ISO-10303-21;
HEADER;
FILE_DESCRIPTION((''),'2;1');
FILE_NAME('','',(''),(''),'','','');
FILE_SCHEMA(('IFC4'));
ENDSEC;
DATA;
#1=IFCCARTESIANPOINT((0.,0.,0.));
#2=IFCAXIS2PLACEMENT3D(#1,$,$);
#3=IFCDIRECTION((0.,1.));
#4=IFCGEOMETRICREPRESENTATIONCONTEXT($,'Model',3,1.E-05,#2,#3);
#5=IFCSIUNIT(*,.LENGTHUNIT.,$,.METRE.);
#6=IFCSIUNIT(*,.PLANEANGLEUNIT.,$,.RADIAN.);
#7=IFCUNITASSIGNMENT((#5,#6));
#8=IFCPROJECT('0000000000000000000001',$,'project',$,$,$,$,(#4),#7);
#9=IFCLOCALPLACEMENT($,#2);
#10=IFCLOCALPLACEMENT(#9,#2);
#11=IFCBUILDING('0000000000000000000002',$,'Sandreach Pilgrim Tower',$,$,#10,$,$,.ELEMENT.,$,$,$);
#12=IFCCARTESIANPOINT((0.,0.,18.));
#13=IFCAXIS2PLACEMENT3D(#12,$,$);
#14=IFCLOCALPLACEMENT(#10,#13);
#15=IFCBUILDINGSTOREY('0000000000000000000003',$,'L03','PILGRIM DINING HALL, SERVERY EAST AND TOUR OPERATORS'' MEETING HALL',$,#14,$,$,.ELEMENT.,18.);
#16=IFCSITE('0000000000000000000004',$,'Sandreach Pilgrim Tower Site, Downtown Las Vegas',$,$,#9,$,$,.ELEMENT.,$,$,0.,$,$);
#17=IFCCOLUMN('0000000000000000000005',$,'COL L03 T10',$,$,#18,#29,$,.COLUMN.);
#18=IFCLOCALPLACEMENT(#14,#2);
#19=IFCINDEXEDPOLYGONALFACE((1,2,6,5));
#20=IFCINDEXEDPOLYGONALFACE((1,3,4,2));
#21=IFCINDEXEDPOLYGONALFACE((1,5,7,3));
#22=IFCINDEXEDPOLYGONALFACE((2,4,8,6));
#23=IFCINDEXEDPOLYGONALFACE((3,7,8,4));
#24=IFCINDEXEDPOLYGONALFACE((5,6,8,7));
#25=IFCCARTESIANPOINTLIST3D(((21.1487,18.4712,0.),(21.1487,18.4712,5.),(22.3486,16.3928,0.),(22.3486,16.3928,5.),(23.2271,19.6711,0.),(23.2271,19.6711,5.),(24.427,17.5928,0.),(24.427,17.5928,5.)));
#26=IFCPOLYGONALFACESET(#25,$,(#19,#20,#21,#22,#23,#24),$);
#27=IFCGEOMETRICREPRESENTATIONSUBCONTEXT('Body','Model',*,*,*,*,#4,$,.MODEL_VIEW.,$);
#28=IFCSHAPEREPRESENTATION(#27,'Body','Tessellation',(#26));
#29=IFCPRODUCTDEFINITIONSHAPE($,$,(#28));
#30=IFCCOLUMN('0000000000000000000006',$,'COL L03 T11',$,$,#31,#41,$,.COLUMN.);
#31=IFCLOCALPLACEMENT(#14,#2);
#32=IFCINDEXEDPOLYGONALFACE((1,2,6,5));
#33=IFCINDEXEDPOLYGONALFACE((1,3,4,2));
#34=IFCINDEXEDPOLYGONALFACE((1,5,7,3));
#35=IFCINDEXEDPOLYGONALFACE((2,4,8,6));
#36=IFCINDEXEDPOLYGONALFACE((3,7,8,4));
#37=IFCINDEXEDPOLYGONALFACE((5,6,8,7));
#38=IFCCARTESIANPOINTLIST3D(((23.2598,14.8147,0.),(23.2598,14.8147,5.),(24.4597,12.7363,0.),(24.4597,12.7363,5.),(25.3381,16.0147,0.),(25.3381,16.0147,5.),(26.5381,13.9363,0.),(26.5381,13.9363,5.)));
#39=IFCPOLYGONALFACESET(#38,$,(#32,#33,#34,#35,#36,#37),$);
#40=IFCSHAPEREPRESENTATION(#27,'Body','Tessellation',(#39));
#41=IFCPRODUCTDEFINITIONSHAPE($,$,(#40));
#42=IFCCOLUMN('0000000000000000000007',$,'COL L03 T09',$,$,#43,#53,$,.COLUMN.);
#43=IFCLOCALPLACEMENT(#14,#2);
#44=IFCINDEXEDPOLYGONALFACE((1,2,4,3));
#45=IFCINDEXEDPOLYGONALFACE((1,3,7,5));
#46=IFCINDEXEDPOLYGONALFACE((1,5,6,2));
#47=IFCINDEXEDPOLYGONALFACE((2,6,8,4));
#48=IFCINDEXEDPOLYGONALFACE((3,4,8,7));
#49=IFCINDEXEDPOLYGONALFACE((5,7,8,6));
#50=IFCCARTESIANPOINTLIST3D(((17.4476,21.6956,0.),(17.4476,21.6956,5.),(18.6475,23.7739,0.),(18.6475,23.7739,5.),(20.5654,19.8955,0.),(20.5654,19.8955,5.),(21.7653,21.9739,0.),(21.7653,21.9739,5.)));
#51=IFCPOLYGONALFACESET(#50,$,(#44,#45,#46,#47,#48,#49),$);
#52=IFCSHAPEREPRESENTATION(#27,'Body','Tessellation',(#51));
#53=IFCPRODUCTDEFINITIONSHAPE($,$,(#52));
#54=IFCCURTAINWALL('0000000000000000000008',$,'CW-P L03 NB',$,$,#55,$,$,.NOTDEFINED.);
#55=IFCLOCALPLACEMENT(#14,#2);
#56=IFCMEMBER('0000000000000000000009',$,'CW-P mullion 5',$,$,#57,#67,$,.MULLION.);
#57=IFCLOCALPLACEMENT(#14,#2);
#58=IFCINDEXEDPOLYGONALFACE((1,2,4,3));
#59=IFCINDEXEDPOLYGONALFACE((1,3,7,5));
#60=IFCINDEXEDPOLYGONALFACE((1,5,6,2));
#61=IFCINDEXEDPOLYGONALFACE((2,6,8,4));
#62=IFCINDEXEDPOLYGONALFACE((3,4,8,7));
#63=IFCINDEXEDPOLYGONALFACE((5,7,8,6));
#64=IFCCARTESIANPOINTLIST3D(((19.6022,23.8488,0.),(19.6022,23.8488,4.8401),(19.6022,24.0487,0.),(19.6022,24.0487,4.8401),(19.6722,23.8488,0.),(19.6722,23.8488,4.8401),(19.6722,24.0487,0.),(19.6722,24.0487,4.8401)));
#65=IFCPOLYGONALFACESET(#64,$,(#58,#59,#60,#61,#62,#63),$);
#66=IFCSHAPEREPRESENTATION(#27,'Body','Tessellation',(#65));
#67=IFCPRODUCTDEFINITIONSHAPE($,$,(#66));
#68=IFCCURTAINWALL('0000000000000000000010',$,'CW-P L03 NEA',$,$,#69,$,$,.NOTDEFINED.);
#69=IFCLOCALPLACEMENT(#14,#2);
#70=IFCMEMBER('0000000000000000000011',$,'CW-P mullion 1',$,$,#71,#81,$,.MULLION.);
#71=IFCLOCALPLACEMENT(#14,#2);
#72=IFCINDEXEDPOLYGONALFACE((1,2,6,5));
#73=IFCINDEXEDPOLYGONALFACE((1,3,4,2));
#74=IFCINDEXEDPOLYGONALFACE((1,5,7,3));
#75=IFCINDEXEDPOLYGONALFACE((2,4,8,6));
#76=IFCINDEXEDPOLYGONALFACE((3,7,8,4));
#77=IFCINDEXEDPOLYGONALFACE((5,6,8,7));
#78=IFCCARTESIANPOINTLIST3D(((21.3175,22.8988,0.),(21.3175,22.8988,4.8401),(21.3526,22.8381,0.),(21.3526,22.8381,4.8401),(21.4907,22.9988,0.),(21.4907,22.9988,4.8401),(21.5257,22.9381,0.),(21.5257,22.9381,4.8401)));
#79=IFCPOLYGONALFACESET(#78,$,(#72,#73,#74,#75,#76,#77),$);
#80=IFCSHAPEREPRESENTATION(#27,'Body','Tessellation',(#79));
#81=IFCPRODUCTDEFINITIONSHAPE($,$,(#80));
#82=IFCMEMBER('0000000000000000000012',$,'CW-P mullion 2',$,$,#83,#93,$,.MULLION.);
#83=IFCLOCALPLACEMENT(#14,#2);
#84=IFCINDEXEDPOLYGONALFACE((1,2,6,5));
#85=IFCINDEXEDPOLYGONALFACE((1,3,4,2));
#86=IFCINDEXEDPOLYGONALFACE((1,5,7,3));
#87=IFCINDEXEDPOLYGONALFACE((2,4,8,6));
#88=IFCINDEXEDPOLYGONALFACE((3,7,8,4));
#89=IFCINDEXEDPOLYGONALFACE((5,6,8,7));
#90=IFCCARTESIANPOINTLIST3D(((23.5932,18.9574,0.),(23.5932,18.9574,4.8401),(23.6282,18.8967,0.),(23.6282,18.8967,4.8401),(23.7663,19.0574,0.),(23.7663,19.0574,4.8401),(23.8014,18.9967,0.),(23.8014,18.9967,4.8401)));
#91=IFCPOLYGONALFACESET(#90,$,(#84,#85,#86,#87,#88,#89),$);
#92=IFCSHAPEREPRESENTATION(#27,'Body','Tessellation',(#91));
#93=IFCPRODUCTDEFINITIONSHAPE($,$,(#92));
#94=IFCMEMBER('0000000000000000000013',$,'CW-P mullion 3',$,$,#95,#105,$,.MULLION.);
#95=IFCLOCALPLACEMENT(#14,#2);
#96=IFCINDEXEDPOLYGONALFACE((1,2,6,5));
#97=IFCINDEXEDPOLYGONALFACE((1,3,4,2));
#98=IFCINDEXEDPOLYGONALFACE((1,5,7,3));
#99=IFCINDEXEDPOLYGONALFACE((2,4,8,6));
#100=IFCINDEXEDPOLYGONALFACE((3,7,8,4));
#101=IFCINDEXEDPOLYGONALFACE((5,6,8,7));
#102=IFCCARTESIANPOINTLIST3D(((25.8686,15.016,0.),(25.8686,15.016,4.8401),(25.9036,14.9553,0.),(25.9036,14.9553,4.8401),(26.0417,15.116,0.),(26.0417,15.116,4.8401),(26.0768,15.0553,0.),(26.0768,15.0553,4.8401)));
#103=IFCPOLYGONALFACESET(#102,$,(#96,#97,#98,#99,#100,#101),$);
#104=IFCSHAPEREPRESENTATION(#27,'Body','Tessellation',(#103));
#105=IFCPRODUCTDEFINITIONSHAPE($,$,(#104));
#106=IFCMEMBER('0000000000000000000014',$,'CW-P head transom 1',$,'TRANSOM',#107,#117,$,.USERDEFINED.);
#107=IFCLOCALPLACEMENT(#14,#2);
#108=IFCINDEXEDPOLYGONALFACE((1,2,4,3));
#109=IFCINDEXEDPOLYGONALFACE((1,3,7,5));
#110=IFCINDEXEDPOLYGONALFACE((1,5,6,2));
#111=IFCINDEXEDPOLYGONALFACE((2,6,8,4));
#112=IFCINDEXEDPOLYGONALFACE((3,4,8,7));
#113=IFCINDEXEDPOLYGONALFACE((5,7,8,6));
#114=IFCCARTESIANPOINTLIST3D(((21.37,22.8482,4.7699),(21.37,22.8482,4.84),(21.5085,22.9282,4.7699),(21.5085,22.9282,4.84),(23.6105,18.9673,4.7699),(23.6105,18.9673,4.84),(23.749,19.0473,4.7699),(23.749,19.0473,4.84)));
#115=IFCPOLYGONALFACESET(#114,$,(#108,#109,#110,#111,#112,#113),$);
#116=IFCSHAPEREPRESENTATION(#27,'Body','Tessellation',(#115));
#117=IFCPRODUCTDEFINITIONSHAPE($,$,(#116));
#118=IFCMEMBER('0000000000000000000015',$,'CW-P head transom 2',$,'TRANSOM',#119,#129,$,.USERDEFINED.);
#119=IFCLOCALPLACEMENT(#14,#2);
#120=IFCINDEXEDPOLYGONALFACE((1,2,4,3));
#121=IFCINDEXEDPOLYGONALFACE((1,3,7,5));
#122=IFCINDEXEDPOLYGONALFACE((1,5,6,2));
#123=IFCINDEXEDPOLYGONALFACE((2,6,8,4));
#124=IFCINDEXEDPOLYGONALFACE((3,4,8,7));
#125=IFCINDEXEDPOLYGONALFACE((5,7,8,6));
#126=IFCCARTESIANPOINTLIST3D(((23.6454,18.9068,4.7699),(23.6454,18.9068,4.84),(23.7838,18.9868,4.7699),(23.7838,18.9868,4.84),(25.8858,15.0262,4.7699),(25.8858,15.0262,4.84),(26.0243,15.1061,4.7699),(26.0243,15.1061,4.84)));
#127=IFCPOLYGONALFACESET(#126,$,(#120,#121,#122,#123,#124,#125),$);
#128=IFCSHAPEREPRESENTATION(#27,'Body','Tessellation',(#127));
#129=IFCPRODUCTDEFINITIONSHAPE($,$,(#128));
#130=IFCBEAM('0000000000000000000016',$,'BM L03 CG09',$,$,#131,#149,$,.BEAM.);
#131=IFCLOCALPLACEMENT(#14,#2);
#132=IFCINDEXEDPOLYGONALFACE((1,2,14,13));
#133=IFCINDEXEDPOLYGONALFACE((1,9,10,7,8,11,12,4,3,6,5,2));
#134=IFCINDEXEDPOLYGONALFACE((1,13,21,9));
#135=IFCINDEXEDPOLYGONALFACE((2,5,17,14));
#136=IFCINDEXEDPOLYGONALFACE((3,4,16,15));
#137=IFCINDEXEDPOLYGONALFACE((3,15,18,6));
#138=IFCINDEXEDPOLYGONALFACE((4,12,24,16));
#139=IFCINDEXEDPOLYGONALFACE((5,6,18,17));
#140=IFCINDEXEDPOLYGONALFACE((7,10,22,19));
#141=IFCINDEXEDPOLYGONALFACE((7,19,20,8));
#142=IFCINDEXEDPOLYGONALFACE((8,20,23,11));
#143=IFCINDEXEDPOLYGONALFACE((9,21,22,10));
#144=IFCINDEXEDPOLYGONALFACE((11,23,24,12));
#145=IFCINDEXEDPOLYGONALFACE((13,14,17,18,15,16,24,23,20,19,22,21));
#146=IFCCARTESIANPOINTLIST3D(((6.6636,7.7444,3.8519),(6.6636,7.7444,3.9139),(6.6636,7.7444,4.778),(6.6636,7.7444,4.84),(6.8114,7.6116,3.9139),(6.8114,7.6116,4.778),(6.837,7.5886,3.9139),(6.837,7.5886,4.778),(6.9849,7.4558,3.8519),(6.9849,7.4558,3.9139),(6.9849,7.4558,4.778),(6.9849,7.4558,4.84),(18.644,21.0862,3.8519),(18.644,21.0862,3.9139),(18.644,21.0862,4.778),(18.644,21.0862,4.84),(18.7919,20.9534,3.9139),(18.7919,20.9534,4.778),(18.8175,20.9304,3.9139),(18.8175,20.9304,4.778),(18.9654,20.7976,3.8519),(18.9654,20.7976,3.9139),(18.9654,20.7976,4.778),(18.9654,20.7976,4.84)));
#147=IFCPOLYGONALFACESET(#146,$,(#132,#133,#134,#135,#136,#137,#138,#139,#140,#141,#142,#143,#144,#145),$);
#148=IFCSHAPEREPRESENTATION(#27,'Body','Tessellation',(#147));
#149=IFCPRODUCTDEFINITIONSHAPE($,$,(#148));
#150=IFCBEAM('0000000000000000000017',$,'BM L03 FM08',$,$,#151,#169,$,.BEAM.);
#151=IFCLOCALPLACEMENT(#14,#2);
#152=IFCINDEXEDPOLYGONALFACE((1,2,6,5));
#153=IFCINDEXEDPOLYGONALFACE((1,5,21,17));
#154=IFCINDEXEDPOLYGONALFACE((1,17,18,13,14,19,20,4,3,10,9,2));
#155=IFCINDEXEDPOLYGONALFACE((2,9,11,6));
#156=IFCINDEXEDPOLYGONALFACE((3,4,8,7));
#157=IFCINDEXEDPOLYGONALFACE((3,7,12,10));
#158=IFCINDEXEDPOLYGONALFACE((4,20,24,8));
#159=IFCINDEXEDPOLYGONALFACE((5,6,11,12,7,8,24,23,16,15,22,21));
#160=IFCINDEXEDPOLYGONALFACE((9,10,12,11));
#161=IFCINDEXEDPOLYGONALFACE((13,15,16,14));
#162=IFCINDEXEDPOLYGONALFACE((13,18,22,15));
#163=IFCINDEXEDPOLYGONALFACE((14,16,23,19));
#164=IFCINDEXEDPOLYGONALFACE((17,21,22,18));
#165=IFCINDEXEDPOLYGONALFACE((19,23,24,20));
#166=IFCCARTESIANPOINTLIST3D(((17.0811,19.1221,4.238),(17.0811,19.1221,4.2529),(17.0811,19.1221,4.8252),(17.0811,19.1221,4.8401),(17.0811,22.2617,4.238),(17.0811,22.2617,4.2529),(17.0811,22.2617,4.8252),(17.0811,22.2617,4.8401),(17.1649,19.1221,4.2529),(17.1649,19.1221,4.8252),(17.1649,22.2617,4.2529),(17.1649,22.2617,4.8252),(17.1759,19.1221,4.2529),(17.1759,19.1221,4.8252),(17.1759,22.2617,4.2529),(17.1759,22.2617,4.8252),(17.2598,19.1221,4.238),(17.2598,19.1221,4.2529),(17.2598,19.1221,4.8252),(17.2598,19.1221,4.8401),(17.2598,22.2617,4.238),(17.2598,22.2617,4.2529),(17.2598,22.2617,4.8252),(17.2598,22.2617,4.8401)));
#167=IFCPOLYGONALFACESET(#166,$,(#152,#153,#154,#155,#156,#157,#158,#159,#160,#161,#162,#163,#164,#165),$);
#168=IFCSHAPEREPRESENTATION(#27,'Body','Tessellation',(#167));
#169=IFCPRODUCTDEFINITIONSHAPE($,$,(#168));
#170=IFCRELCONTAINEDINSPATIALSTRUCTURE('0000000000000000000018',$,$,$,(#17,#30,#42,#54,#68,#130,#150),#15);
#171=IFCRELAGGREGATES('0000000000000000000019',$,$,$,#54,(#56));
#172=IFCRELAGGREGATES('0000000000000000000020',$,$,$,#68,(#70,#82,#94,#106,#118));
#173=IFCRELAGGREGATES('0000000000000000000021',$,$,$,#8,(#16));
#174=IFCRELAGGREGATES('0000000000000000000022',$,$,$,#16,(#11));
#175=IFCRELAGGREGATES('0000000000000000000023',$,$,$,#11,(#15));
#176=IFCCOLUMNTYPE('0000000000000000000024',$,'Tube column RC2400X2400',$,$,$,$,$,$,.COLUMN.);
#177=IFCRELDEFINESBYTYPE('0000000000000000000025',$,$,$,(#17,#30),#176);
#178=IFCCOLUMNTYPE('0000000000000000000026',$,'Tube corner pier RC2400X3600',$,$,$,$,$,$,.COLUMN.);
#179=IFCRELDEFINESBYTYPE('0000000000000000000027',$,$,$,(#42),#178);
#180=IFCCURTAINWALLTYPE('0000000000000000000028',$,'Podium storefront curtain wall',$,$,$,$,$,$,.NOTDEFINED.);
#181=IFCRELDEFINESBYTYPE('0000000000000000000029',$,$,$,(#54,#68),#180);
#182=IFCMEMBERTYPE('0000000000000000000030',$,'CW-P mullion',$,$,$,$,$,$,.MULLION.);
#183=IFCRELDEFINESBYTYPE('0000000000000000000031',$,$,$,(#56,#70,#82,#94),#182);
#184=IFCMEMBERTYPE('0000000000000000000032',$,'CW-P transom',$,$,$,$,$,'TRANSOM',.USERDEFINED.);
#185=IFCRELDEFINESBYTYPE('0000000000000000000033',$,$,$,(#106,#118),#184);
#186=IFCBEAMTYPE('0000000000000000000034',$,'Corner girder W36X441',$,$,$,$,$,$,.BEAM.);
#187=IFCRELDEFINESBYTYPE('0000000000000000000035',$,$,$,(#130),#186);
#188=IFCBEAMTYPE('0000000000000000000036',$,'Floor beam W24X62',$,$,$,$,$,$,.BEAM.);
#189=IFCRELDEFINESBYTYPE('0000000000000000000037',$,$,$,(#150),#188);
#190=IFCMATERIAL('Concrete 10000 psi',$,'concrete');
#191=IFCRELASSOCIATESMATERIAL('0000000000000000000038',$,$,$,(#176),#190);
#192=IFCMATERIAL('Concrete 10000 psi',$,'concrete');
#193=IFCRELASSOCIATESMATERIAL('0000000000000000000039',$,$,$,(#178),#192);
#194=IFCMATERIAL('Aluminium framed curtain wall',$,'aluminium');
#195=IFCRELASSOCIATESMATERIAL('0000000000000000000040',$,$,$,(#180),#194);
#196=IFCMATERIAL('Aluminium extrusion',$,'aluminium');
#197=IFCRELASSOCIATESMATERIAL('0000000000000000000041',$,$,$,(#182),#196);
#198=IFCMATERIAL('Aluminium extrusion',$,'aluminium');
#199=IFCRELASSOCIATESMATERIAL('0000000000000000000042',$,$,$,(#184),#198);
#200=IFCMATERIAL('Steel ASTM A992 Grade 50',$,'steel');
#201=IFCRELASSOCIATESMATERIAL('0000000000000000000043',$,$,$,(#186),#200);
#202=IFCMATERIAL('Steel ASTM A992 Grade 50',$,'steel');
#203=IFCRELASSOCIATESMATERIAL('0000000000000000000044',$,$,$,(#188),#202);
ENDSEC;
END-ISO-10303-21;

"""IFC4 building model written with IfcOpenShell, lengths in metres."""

from ifc_helpers import new_model, si_unit, direction, frame, origin, origin_2d, place, context, subcontext, project, spatial, rectangle, i_section, extrude, material, material_profile, profile_set, type_object, element, aggregate, save


model = new_model("IFC4")

# Units and contexts
model_context = context("Model", 3, precision=1e-05, world=origin(), true_north=direction((0.0, 1.0)))
body_context = subcontext(model_context, "Body", "Model", "MODEL_VIEW")
ifc_project = project(units=[si_unit("LENGTHUNIT", "METRE"), si_unit("PLANEANGLEUNIT", "RADIAN")], contexts=[model_context])

# Site, building, storey
site_placement = place(None, origin())
site = spatial("IfcSite", under=ifc_project, at=site_placement, Name="Sandreach Pilgrim Tower Site, Downtown Las Vegas", CompositionType="ELEMENT", RefElevation=0.0)
building_placement = place(site_placement, origin())
building = spatial("IfcBuilding", under=site, at=building_placement, Name="Sandreach Pilgrim Tower", CompositionType="ELEMENT")
storey_placement = place(building_placement, frame((0.0, 0.0, 18.0)))
storey = spatial("IfcBuildingStorey", under=building, at=storey_placement, Name="L03", Description="PILGRIM DINING HALL, SERVERY EAST AND TOUR OPERATORS' MEETING HALL", CompositionType="ELEMENT", Elevation=18.0)

# Columns
ifc_material_1 = material(Name="Concrete 10000 psi", Category="concrete")
ifc_material_profile_1 = material_profile(ifc_material_1, rectangle(XDim=2.3999, YDim=2.3999, at=origin_2d()), Name="RC2400X2400")
ifc_profile_set_1 = profile_set([ifc_material_profile_1], Name="Concrete 10000 psi")
column_type_1 = type_object("IfcColumnType", Name="Tube column RC2400X2400", PredefinedType="COLUMN", material=ifc_profile_set_1)
for number, where, z_axis, x_axis, name in (
    (1, (22.7878, 18.032, 0.0), (0.0, 0.0, 1.0), (0.866025, 0.5, 0.0), "COL L03 T10"),
    (2, (24.8989, 14.3755, 0.0), (0.0, 0.0, 1.0), (0.866025, 0.5, 0.0), "COL L03 T11"),
):
    element("IfcColumn", number, at=place(storey_placement, frame(where, z_axis=z_axis, x_axis=x_axis)), inside=storey, type_object=column_type_1, Name=name, PredefinedType="COLUMN", context=body_context, shape_type="SweptSolid", body=[
        extrude(rectangle(XDim=2.3999, YDim=2.3999, at=origin_2d()), origin(), (0.0, 0.0, 1.0), 5.0),
    ])
ifc_material_2 = material(Name="Concrete 10000 psi", Category="concrete")
ifc_material_profile_2 = material_profile(ifc_material_2, rectangle(XDim=2.3999, YDim=3.6001, at=origin_2d()), Name="RC2400X3600")
ifc_profile_set_2 = profile_set([ifc_material_profile_2], Name="Concrete 10000 psi")
column_type_2 = type_object("IfcColumnType", Name="Tube corner pier RC2400X3600", PredefinedType="COLUMN", material=ifc_profile_set_2)
column_placement = place(storey_placement, frame((19.6064, 21.8347, 0.0), z_axis=(0.0, 0.0, 1.0), x_axis=(0.5, 0.866025, 0.0)))
element("IfcColumn", 3, at=column_placement, inside=storey, type_object=column_type_2, Name="COL L03 T09", PredefinedType="COLUMN", context=body_context, shape_type="SweptSolid", body=[
    extrude(rectangle(XDim=2.3999, YDim=3.6001, at=origin_2d()), origin(), (0.0, 0.0, 1.0), 5.0),
])

# Curtain wall, member
ifc_material_3 = material(Name="Aluminium framed curtain wall", Category="aluminium")
curtain_wall_type = type_object("IfcCurtainWallType", Name="Podium storefront curtain wall", PredefinedType="NOTDEFINED", material=ifc_material_3)
curtain_wall_1_placement = place(storey_placement, origin())
curtain_wall_1 = element("IfcCurtainWall", 4, at=curtain_wall_1_placement, inside=storey, type_object=curtain_wall_type, Name="CW-P L03 NB", PredefinedType="NOTDEFINED")
ifc_material_4 = material(Name="Aluminium extrusion", Category="aluminium")
ifc_material_profile_3 = material_profile(ifc_material_4, rectangle(XDim=0.0701, YDim=0.2, at=origin_2d()), Name="CW-PM 70X200")
ifc_profile_set_3 = profile_set([ifc_material_profile_3], Name="Aluminium extrusion")
member_type_1 = type_object("IfcMemberType", Name="CW-P mullion", PredefinedType="MULLION", material=ifc_profile_set_3)
member_1_placement = place(storey_placement, frame((19.6372, 23.9487, 0.0), z_axis=(0.0, 0.0, 1.0), x_axis=(1.0, 0.0, 0.0)))
member_1 = element("IfcMember", 5, at=member_1_placement, type_object=member_type_1, Name="CW-P mullion 5", PredefinedType="MULLION", context=body_context, shape_type="SweptSolid", body=[
    extrude(rectangle(XDim=0.0701, YDim=0.2, at=origin_2d()), origin(), (0.0, 0.0, 1.0), 4.8401),
])

# Curtain wall, members
curtain_wall_2_placement = place(storey_placement, origin())
curtain_wall_2 = element("IfcCurtainWall", 6, at=curtain_wall_2_placement, inside=storey, type_object=curtain_wall_type, Name="CW-P L03 NEA", PredefinedType="NOTDEFINED")
member_2_placement = place(storey_placement, frame((21.4216, 22.9185, 0.0), z_axis=(0.0, 0.0, 1.0), x_axis=(0.5, -0.866025, 0.0)))
member_2 = element("IfcMember", 7, at=member_2_placement, type_object=member_type_1, Name="CW-P mullion 1", PredefinedType="MULLION", context=body_context, shape_type="SweptSolid", body=[
    extrude(rectangle(XDim=0.0701, YDim=0.2, at=origin_2d()), origin(), (0.0, 0.0, 1.0), 4.8401),
])
member_3_placement = place(storey_placement, frame((23.6973, 18.9771, 0.0), z_axis=(0.0, 0.0, 1.0), x_axis=(0.5, -0.866025, 0.0)))
member_3 = element("IfcMember", 8, at=member_3_placement, type_object=member_type_1, Name="CW-P mullion 2", PredefinedType="MULLION", context=body_context, shape_type="SweptSolid", body=[
    extrude(rectangle(XDim=0.0701, YDim=0.2, at=origin_2d()), origin(), (0.0, 0.0, 1.0), 4.8401),
])
member_4_placement = place(storey_placement, frame((25.9727, 15.0356, 0.0), z_axis=(0.0, 0.0, 1.0), x_axis=(0.5, -0.866025, 0.0)))
member_4 = element("IfcMember", 9, at=member_4_placement, type_object=member_type_1, Name="CW-P mullion 3", PredefinedType="MULLION", context=body_context, shape_type="SweptSolid", body=[
    extrude(rectangle(XDim=0.0701, YDim=0.2, at=origin_2d()), origin(), (0.0, 0.0, 1.0), 4.8401),
])
ifc_material_5 = material(Name="Aluminium extrusion", Category="aluminium")
ifc_material_profile_4 = material_profile(ifc_material_5, rectangle(XDim=0.1599, YDim=0.0701, at=origin_2d()), Name="CW-PT 160X70")
ifc_profile_set_4 = profile_set([ifc_material_profile_4], Name="Aluminium extrusion")
member_type_2 = type_object("IfcMemberType", Name="CW-P transom", ElementType="TRANSOM", PredefinedType="USERDEFINED", material=ifc_profile_set_4)
member_5_placement = place(storey_placement, frame((21.4392, 22.8882, 4.8049), z_axis=(0.499977, -0.866039, 0.0), x_axis=(0.866039, 0.499977, 0.0)))
member_5 = element("IfcMember", 10, at=member_5_placement, type_object=member_type_2, Name="CW-P head transom 1", ObjectType="TRANSOM", PredefinedType="USERDEFINED", context=body_context, shape_type="SweptSolid", body=[
    extrude(rectangle(XDim=0.1599, YDim=0.0701, at=origin_2d()), origin(), (0.0, 0.0, 1.0), 4.4812),
])
member_6_placement = place(storey_placement, frame((23.7146, 18.9468, 4.8049), z_axis=(0.500001, -0.866025, 0.0), x_axis=(0.866025, 0.500001, 0.0)))
member_6 = element("IfcMember", 11, at=member_6_placement, type_object=member_type_2, Name="CW-P head transom 2", ObjectType="TRANSOM", PredefinedType="USERDEFINED", context=body_context, shape_type="SweptSolid", body=[
    extrude(rectangle(XDim=0.1599, YDim=0.0701, at=origin_2d()), origin(), (0.0, 0.0, 1.0), 4.481),
])

# Beams
ifc_material_6 = material(Name="Steel ASTM A992 Grade 50", Category="steel")
ifc_material_profile_5 = material_profile(ifc_material_6, i_section(OverallWidth=0.4319, OverallDepth=0.988, WebThickness=0.0344, FlangeThickness=0.062, at=origin_2d()), Name="W36X441")
ifc_profile_set_5 = profile_set([ifc_material_profile_5], Name="Steel ASTM A992 Grade 50")
beam_type_1 = type_object("IfcBeamType", Name="Corner girder W36X441", PredefinedType="BEAM", material=ifc_profile_set_5)
beam_1_placement = place(storey_placement, frame((18.8047, 20.9419, 4.3459), z_axis=(-0.668128, -0.744047, 0.0), x_axis=(0.744047, -0.668128, 0.0)))
element("IfcBeam", 12, at=beam_1_placement, inside=storey, type_object=beam_type_1, Name="BM L03 CG09", PredefinedType="BEAM", context=body_context, shape_type="SweptSolid", body=[
    extrude(i_section(OverallWidth=0.4319, OverallDepth=0.988, WebThickness=0.0344, FlangeThickness=0.062, at=origin_2d()), origin(), (0.0, 0.0, 1.0), 17.9314),
])
ifc_material_7 = material(Name="Steel ASTM A992 Grade 50", Category="steel")
ifc_material_profile_6 = material_profile(ifc_material_7, i_section(OverallWidth=0.1787, OverallDepth=0.6021, WebThickness=0.011, FlangeThickness=0.0149, at=origin_2d()), Name="W24X62")
ifc_profile_set_6 = profile_set([ifc_material_profile_6], Name="Steel ASTM A992 Grade 50")
beam_type_2 = type_object("IfcBeamType", Name="Floor beam W24X62", PredefinedType="BEAM", material=ifc_profile_set_6)
beam_2_placement = place(storey_placement, frame((17.1704, 22.2617, 4.5391), z_axis=(0.0, -1.0, 0.0), x_axis=(1.0, 0.0, 0.0)))
element("IfcBeam", 13, at=beam_2_placement, inside=storey, type_object=beam_type_2, Name="BM L03 FM08", PredefinedType="BEAM", context=body_context, shape_type="SweptSolid", body=[
    extrude(i_section(OverallWidth=0.1787, OverallDepth=0.6021, WebThickness=0.011, FlangeThickness=0.0149, at=origin_2d()), origin(), (0.0, 0.0, 1.0), 3.1396),
])

aggregate(curtain_wall_1, [member_1])
aggregate(curtain_wall_2, [member_2, member_3, member_4, member_5, member_6])

save(model, "model.ifc")
